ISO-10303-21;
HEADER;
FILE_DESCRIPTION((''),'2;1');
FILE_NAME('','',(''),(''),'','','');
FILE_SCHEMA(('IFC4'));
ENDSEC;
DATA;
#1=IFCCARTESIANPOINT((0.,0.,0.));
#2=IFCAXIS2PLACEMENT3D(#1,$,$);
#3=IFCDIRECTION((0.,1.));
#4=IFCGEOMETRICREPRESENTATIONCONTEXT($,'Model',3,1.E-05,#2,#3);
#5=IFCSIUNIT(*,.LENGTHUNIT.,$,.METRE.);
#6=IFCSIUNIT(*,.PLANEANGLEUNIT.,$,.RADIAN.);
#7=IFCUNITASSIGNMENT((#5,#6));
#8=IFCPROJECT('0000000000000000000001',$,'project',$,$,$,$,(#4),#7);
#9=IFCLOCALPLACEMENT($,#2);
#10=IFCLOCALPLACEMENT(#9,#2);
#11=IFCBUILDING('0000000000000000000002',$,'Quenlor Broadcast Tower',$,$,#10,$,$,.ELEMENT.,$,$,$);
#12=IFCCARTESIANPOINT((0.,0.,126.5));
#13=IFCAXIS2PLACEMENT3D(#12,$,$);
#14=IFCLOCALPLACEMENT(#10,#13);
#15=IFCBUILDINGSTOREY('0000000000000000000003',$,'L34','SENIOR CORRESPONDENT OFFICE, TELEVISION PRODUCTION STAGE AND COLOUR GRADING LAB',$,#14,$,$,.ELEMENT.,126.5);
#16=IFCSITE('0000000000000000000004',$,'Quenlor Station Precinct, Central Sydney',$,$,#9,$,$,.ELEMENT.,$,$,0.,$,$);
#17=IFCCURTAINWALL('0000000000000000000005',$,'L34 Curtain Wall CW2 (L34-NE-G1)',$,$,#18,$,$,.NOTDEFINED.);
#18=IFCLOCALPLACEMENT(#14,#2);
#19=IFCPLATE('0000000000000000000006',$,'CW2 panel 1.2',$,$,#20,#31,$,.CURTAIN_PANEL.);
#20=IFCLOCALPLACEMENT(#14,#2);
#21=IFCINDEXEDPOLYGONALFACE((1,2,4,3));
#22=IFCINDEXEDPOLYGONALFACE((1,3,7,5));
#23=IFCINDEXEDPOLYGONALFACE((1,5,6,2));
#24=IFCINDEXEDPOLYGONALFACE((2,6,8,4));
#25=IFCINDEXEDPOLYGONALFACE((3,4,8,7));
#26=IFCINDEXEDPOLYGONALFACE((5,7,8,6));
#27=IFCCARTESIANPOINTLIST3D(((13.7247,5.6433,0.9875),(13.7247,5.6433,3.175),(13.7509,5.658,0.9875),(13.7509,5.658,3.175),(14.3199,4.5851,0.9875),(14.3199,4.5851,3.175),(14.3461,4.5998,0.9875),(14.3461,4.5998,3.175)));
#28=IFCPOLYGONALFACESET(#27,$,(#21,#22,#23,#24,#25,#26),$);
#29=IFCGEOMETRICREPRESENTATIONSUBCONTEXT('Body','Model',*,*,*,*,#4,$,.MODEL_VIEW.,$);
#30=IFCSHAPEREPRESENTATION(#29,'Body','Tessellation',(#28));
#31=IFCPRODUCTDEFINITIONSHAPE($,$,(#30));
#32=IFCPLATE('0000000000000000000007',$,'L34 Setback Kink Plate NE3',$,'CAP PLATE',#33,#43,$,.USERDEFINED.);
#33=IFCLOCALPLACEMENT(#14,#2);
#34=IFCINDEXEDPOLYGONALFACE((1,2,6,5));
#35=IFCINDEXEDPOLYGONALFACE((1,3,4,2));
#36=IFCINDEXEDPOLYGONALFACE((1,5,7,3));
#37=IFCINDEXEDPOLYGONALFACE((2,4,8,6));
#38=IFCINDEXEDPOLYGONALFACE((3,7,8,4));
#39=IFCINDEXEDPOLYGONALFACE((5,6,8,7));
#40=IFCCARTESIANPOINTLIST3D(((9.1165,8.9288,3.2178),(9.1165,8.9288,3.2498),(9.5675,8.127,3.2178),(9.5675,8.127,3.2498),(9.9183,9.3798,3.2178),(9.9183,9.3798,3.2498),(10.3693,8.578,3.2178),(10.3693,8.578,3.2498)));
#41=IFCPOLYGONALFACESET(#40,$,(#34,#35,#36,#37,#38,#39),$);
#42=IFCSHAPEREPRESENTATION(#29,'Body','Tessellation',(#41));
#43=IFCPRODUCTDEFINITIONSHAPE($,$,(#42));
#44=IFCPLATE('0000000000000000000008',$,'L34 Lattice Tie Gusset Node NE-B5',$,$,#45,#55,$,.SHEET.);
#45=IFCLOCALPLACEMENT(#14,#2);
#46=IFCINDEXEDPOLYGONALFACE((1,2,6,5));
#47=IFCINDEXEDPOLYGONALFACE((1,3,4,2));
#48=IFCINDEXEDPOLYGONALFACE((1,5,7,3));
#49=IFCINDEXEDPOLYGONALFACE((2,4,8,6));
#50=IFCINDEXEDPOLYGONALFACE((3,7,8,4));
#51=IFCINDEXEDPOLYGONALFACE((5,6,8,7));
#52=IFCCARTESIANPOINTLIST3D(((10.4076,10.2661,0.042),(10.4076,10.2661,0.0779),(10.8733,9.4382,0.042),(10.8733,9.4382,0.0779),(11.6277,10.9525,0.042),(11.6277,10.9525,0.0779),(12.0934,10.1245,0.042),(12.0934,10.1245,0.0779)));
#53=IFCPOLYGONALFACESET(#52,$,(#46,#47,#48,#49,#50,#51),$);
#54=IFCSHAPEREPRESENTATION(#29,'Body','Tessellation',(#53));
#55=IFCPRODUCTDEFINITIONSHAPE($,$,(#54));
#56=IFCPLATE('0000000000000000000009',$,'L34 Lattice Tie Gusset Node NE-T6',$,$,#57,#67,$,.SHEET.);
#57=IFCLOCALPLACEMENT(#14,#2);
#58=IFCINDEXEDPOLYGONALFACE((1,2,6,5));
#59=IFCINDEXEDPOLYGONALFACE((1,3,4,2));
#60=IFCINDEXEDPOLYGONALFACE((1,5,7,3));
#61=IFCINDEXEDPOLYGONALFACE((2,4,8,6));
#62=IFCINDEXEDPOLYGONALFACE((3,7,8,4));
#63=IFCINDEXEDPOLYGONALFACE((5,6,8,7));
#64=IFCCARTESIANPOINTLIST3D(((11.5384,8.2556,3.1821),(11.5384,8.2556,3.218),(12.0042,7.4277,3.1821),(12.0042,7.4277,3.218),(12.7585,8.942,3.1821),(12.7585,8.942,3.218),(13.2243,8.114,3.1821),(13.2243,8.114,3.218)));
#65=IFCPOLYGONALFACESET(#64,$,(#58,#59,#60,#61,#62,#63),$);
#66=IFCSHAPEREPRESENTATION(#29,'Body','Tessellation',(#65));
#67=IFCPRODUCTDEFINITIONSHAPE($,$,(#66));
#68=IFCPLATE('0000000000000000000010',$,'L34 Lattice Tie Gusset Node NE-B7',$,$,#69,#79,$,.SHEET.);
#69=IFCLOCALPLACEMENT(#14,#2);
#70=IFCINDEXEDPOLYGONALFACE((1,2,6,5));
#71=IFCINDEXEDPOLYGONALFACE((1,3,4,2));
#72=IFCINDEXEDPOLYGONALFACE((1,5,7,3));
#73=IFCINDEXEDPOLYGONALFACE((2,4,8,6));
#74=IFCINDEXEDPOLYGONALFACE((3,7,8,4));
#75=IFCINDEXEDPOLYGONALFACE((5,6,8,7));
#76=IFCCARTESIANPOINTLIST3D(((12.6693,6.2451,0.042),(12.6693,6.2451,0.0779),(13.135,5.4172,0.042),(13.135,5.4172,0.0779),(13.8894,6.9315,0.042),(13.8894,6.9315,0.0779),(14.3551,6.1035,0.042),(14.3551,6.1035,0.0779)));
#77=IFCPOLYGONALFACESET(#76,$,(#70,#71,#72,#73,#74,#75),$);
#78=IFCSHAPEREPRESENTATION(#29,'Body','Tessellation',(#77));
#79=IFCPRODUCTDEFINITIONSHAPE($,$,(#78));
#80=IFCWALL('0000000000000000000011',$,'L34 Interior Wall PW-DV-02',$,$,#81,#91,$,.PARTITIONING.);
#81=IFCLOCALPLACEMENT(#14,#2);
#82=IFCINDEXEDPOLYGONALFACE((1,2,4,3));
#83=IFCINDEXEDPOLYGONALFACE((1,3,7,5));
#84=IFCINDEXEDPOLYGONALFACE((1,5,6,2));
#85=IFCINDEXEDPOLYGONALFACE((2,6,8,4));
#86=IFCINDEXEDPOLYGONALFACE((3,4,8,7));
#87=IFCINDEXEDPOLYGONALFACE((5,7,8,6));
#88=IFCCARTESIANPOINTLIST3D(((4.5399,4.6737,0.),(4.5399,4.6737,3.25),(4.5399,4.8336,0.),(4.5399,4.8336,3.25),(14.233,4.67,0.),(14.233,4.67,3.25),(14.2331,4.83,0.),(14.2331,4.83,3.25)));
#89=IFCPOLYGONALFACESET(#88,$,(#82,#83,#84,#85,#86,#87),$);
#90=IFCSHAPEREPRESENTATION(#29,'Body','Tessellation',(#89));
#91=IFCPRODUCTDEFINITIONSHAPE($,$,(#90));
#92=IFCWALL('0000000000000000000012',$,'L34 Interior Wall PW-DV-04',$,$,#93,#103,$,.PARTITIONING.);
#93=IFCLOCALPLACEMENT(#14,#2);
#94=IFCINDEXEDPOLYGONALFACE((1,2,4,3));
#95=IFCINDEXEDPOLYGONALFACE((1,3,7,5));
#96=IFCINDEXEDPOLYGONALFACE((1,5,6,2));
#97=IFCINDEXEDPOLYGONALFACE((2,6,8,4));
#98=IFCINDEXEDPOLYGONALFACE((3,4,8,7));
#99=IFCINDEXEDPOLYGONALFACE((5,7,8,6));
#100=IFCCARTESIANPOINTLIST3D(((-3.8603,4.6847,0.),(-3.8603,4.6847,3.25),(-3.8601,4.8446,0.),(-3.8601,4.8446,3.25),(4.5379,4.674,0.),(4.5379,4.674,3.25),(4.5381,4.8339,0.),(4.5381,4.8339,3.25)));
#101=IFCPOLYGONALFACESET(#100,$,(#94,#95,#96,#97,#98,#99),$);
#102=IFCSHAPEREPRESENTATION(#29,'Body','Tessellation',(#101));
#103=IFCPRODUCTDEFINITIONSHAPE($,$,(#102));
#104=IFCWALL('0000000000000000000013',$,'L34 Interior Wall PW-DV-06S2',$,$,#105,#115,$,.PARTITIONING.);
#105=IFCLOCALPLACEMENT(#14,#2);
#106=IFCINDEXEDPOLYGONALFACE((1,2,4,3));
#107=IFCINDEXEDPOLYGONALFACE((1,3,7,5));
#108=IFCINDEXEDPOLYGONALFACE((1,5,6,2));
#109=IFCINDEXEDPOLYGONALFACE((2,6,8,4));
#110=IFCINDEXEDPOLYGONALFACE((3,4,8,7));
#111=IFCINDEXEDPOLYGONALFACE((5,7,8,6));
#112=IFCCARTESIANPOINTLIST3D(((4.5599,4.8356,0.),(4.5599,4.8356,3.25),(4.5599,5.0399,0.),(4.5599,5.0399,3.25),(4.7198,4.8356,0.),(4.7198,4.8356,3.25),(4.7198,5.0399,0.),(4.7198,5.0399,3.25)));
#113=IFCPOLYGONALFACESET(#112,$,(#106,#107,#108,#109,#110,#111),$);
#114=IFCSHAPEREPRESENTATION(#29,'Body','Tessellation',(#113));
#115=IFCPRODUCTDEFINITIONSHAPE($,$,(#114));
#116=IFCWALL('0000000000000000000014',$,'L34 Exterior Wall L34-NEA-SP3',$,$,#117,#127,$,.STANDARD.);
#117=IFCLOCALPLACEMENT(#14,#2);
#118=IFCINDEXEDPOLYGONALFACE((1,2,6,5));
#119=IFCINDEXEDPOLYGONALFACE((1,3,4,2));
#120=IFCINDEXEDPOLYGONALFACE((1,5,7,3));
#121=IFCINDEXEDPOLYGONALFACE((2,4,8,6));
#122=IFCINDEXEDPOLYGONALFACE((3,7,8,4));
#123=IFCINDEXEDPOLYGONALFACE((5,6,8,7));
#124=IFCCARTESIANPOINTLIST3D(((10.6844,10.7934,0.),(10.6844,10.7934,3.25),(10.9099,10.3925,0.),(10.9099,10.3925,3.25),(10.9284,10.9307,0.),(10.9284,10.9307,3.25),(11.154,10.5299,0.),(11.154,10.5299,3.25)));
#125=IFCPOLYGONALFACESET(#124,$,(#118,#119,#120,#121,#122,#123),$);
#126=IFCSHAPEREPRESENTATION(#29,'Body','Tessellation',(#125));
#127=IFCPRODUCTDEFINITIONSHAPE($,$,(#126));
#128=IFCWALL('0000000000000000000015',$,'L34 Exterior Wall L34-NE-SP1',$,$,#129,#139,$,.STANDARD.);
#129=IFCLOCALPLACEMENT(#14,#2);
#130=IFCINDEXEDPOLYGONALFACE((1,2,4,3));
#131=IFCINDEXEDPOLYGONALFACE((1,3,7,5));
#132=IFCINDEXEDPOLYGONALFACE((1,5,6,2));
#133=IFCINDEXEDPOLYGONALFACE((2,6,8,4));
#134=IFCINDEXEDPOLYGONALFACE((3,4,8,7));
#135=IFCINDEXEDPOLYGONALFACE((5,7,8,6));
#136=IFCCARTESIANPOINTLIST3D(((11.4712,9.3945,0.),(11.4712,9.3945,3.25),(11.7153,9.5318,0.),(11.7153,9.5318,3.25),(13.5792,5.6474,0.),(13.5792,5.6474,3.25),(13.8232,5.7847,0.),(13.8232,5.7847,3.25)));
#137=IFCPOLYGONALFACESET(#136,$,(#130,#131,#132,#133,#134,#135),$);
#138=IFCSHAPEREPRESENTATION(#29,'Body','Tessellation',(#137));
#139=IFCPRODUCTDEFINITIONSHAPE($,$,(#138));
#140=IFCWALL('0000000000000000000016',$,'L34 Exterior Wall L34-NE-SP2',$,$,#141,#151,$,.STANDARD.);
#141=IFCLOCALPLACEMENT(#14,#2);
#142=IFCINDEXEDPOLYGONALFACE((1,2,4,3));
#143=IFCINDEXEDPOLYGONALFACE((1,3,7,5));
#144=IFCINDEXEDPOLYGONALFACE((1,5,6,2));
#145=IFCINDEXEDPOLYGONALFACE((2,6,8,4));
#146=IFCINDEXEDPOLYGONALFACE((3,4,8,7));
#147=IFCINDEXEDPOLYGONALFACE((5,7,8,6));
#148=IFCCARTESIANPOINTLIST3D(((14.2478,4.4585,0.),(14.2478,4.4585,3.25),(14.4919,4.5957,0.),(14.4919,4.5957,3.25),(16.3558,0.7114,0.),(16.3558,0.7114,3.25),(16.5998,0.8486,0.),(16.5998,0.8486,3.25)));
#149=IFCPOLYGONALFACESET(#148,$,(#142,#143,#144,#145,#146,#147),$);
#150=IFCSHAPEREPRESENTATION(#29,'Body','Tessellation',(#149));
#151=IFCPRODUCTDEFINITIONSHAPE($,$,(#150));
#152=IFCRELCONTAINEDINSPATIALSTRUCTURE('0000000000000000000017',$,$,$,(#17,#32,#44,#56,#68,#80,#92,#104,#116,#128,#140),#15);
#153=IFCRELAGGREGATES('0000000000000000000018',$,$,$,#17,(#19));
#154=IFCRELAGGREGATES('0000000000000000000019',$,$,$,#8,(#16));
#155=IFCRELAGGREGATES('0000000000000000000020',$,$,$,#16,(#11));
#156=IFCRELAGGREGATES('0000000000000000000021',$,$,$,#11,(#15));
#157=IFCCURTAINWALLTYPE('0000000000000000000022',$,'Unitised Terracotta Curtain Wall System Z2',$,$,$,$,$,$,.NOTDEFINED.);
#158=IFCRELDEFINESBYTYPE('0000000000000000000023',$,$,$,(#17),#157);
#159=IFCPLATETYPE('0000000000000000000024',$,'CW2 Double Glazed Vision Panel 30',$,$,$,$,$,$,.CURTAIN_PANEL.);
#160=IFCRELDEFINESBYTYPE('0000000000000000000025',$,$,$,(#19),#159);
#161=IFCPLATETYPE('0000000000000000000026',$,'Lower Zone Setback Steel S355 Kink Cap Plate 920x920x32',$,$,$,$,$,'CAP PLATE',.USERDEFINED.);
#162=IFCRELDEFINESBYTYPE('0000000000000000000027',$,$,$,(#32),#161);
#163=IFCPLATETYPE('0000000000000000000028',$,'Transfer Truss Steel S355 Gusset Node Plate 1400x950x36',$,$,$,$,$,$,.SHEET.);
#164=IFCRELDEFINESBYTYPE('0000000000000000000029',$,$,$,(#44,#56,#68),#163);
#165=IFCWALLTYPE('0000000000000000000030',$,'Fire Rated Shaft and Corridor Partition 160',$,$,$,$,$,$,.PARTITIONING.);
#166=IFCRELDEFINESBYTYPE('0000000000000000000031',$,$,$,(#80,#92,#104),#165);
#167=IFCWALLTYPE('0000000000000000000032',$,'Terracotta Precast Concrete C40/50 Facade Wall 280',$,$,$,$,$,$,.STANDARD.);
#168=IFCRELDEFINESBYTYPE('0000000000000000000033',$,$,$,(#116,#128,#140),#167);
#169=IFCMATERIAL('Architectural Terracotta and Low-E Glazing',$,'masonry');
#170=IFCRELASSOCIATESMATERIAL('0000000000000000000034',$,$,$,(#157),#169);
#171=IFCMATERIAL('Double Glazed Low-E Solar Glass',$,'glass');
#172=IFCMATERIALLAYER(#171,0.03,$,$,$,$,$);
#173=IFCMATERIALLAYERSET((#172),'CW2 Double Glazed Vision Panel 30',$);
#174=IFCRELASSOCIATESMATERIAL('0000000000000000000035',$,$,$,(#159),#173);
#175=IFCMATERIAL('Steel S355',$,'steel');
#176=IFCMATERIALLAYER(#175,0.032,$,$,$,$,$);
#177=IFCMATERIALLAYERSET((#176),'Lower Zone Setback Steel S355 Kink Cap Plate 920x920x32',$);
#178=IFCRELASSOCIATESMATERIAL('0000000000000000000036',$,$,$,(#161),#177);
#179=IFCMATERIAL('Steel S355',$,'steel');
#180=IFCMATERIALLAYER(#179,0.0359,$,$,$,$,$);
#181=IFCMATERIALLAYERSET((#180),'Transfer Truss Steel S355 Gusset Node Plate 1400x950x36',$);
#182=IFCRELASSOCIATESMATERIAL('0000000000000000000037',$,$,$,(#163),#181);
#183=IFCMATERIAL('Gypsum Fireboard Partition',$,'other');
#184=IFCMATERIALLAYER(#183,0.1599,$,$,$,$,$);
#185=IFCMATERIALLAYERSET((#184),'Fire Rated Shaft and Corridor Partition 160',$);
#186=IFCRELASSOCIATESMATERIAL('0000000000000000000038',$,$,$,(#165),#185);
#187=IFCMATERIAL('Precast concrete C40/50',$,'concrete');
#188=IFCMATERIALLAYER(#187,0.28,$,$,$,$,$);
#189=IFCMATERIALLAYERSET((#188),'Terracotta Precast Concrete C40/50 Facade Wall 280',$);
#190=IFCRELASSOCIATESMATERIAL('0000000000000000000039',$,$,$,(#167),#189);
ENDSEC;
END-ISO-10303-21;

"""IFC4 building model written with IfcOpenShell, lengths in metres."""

from ifc_helpers import new_model, si_unit, direction, frame, frame_2d, origin, origin_2d, place, context, subcontext, project, spatial, rectangle, extrude, material, layer, layer_set, type_object, element, aggregate, save


model = new_model("IFC4")

# Units and contexts
model_context = context("Model", 3, precision=1e-05, world=origin(), true_north=direction((0.0, 1.0)))
body_context = subcontext(model_context, "Body", "Model", "MODEL_VIEW")
ifc_project = project(units=[si_unit("LENGTHUNIT", "METRE"), si_unit("PLANEANGLEUNIT", "RADIAN")], contexts=[model_context])

# Site, building, storey
site_placement = place(None, origin())
site = spatial("IfcSite", under=ifc_project, at=site_placement, Name="Quenlor Station Precinct, Central Sydney", CompositionType="ELEMENT", RefElevation=0.0)
building_placement = place(site_placement, origin())
building = spatial("IfcBuilding", under=site, at=building_placement, Name="Quenlor Broadcast Tower", CompositionType="ELEMENT")
storey_placement = place(building_placement, frame((0.0, 0.0, 126.5)))
storey = spatial("IfcBuildingStorey", under=building, at=storey_placement, Name="L34", Description="SENIOR CORRESPONDENT OFFICE, TELEVISION PRODUCTION STAGE AND COLOUR GRADING LAB", CompositionType="ELEMENT", Elevation=126.5)

# Shared definitions
ifc_material_1 = material(Name="Architectural Terracotta and Low-E Glazing", Category="masonry")
curtain_wall_type = type_object("IfcCurtainWallType", Name="Unitised Terracotta Curtain Wall System Z2", PredefinedType="NOTDEFINED", material=ifc_material_1)

# Curtain wall
curtain_wall_1_placement = place(storey_placement, origin())
curtain_wall_1 = element("IfcCurtainWall", 1, at=curtain_wall_1_placement, inside=storey, type_object=curtain_wall_type, Name="L34 Curtain Wall CW2 (L34-NE-G1)", PredefinedType="NOTDEFINED")

# Plate
ifc_material_2 = material(Name="Double Glazed Low-E Solar Glass", Category="glass")
ifc_layer_1 = layer(ifc_material_2, 0.03)
ifc_layer_set_1 = layer_set([ifc_layer_1], Name="CW2 Double Glazed Vision Panel 30")
plate_type_1 = type_object("IfcPlateType", Name="CW2 Double Glazed Vision Panel 30", PredefinedType="CURTAIN_PANEL", material=ifc_layer_set_1)
plate_1_placement = place(storey_placement, frame((14.0354, 5.1216, 0.9875), z_axis=(0.0, 0.0, 1.0), x_axis=(0.490254, -0.871579, 0.0)))
plate_1 = element("IfcPlate", 2, at=plate_1_placement, type_object=plate_type_1, Name="CW2 panel 1.2", PredefinedType="CURTAIN_PANEL", context=body_context, shape_type="SweptSolid", body=[
    extrude(rectangle(XDim=1.2141, YDim=0.03, at=origin_2d()), origin(), (0.0, 0.0, 1.0), 2.1875),
])
aggregate(curtain_wall_1, [plate_1])

# Plates
ifc_material_3 = material(Name="Steel S355", Category="steel")
ifc_layer_2 = layer(ifc_material_3, 0.032)
ifc_layer_set_2 = layer_set([ifc_layer_2], Name="Lower Zone Setback Steel S355 Kink Cap Plate 920x920x32")
plate_type_2 = type_object("IfcPlateType", Name="Lower Zone Setback Steel S355 Kink Cap Plate 920x920x32", ElementType="CAP PLATE", PredefinedType="USERDEFINED", material=ifc_layer_set_2)
plate_2_placement = place(storey_placement, frame((9.7429, 8.7534, 3.2178), z_axis=(0.0, 0.0, 1.0), x_axis=(0.871575, 0.490262, 0.0)))
element("IfcPlate", 3, at=plate_2_placement, inside=storey, type_object=plate_type_2, Name="L34 Setback Kink Plate NE3", ObjectType="CAP PLATE", PredefinedType="USERDEFINED", context=body_context, shape_type="SweptSolid", body=[
    extrude(rectangle(XDim=0.9199, YDim=0.9199, at=origin_2d()), origin(), (0.0, 0.0, 1.0), 0.032),
])
ifc_material_4 = material(Name="Steel S355", Category="steel")
ifc_layer_3 = layer(ifc_material_4, 0.0359)
ifc_layer_set_3 = layer_set([ifc_layer_3], Name="Transfer Truss Steel S355 Gusset Node Plate 1400x950x36")
plate_type_3 = type_object("IfcPlateType", Name="Transfer Truss Steel S355 Gusset Node Plate 1400x950x36", PredefinedType="SHEET", material=ifc_layer_set_3)
for number, where, z_axis, x_axis, name in (
    (4, (11.2505, 10.1953, 0.042), (0.0, 0.0, 1.0), (0.871556, 0.490295, 0.0), "L34 Lattice Tie Gusset Node NE-B5"),
    (5, (12.3813, 8.1848, 3.1821), (0.0, 0.0, 1.0), (0.871556, 0.490295, 0.0), "L34 Lattice Tie Gusset Node NE-T6"),
    (6, (13.5122, 6.1743, 0.042), (0.0, 0.0, 1.0), (0.871556, 0.490295, 0.0), "L34 Lattice Tie Gusset Node NE-B7"),
):
    element("IfcPlate", number, at=place(storey_placement, frame(where, z_axis=z_axis, x_axis=x_axis)), inside=storey, type_object=plate_type_3, Name=name, PredefinedType="SHEET", context=body_context, shape_type="SweptSolid", body=[
        extrude(rectangle(XDim=1.3999, YDim=0.95, at=origin_2d()), origin(), (0.0, 0.0, 1.0), 0.0359),
    ])

# Walls
ifc_material_5 = material(Name="Gypsum Fireboard Partition", Category="other")
ifc_layer_4 = layer(ifc_material_5, 0.1599)
ifc_layer_set_4 = layer_set([ifc_layer_4], Name="Fire Rated Shaft and Corridor Partition 160")
wall_type_1 = type_object("IfcWallType", Name="Fire Rated Shaft and Corridor Partition 160", PredefinedType="PARTITIONING", material=ifc_layer_set_4)
wall_1_placement = place(storey_placement, frame((14.2332, 4.75, 0.0), z_axis=(0.0, 0.0, 1.0), x_axis=(-1.0, 0.000378, 0.0)))
element("IfcWall", 7, at=wall_1_placement, inside=storey, type_object=wall_type_1, Name="L34 Interior Wall PW-DV-02", PredefinedType="PARTITIONING", context=body_context, shape_type="SweptSolid", body=[
    extrude(rectangle(XDim=9.6931, YDim=0.1599, at=frame_2d((4.8467, 0.0))), origin(), (0.0, 0.0, 1.0), 3.25),
])
wall_2_placement = place(storey_placement, frame((4.5381, 4.7539, 0.0), z_axis=(0.0, 0.0, 1.0), x_axis=(-0.999999, 0.001279, 0.0)))
element("IfcWall", 8, at=wall_2_placement, inside=storey, type_object=wall_type_1, Name="L34 Interior Wall PW-DV-04", PredefinedType="PARTITIONING", context=body_context, shape_type="SweptSolid", body=[
    extrude(rectangle(XDim=8.3982, YDim=0.1599, at=frame_2d((4.1992, 0.0))), origin(), (0.0, 0.0, 1.0), 3.25),
])
wall_3_placement = place(storey_placement, frame((4.6399, 4.8357, 0.0), z_axis=(0.0, 0.0, 1.0), x_axis=(0.0, 1.0, 0.0)))
element("IfcWall", 9, at=wall_3_placement, inside=storey, type_object=wall_type_1, Name="L34 Interior Wall PW-DV-06S2", PredefinedType="PARTITIONING", context=body_context, shape_type="SweptSolid", body=[
    extrude(rectangle(XDim=0.2043, YDim=0.1599, at=frame_2d((0.1021, 0.0))), origin(), (0.0, 0.0, 1.0), 3.25),
])
ifc_material_6 = material(Name="Precast concrete C40/50", Category="concrete")
ifc_layer_5 = layer(ifc_material_6, 0.28)
ifc_layer_set_5 = layer_set([ifc_layer_5], Name="Terracotta Precast Concrete C40/50 Facade Wall 280")
wall_type_2 = type_object("IfcWallType", Name="Terracotta Precast Concrete C40/50 Facade Wall 280", PredefinedType="STANDARD", material=ifc_layer_set_5)
wall_4_placement = place(storey_placement, frame((10.8064, 10.8621, 0.0), z_axis=(0.0, 0.0, 1.0), x_axis=(0.490412, -0.87149, 0.0)))
element("IfcWall", 10, at=wall_4_placement, inside=storey, type_object=wall_type_2, Name="L34 Exterior Wall L34-NEA-SP3", PredefinedType="STANDARD", context=body_context, shape_type="SweptSolid", body=[
    extrude(rectangle(XDim=0.46, YDim=0.28, at=frame_2d((0.23, 0.0))), origin(), (0.0, 0.0, 1.0), 3.25),
])
for number, where, z_axis, x_axis, name in (
    (11, (11.5933, 9.4631, 0.0), (0.0, 0.0, 1.0), (0.490294, -0.871557, 0.0), "L34 Exterior Wall L34-NE-SP1"),
    (12, (14.3699, 4.5271, 0.0), (0.0, 0.0, 1.0), (0.490294, -0.871557, 0.0), "L34 Exterior Wall L34-NE-SP2"),
):
    element("IfcWall", number, at=place(storey_placement, frame(where, z_axis=z_axis, x_axis=x_axis)), inside=storey, type_object=wall_type_2, Name=name, PredefinedType="STANDARD", context=body_context, shape_type="SweptSolid", body=[
        extrude(rectangle(XDim=4.2993, YDim=0.28, at=frame_2d((2.1497, 0.0))), origin(), (0.0, 0.0, 1.0), 3.25),
    ])

save(model, "model.ifc")
